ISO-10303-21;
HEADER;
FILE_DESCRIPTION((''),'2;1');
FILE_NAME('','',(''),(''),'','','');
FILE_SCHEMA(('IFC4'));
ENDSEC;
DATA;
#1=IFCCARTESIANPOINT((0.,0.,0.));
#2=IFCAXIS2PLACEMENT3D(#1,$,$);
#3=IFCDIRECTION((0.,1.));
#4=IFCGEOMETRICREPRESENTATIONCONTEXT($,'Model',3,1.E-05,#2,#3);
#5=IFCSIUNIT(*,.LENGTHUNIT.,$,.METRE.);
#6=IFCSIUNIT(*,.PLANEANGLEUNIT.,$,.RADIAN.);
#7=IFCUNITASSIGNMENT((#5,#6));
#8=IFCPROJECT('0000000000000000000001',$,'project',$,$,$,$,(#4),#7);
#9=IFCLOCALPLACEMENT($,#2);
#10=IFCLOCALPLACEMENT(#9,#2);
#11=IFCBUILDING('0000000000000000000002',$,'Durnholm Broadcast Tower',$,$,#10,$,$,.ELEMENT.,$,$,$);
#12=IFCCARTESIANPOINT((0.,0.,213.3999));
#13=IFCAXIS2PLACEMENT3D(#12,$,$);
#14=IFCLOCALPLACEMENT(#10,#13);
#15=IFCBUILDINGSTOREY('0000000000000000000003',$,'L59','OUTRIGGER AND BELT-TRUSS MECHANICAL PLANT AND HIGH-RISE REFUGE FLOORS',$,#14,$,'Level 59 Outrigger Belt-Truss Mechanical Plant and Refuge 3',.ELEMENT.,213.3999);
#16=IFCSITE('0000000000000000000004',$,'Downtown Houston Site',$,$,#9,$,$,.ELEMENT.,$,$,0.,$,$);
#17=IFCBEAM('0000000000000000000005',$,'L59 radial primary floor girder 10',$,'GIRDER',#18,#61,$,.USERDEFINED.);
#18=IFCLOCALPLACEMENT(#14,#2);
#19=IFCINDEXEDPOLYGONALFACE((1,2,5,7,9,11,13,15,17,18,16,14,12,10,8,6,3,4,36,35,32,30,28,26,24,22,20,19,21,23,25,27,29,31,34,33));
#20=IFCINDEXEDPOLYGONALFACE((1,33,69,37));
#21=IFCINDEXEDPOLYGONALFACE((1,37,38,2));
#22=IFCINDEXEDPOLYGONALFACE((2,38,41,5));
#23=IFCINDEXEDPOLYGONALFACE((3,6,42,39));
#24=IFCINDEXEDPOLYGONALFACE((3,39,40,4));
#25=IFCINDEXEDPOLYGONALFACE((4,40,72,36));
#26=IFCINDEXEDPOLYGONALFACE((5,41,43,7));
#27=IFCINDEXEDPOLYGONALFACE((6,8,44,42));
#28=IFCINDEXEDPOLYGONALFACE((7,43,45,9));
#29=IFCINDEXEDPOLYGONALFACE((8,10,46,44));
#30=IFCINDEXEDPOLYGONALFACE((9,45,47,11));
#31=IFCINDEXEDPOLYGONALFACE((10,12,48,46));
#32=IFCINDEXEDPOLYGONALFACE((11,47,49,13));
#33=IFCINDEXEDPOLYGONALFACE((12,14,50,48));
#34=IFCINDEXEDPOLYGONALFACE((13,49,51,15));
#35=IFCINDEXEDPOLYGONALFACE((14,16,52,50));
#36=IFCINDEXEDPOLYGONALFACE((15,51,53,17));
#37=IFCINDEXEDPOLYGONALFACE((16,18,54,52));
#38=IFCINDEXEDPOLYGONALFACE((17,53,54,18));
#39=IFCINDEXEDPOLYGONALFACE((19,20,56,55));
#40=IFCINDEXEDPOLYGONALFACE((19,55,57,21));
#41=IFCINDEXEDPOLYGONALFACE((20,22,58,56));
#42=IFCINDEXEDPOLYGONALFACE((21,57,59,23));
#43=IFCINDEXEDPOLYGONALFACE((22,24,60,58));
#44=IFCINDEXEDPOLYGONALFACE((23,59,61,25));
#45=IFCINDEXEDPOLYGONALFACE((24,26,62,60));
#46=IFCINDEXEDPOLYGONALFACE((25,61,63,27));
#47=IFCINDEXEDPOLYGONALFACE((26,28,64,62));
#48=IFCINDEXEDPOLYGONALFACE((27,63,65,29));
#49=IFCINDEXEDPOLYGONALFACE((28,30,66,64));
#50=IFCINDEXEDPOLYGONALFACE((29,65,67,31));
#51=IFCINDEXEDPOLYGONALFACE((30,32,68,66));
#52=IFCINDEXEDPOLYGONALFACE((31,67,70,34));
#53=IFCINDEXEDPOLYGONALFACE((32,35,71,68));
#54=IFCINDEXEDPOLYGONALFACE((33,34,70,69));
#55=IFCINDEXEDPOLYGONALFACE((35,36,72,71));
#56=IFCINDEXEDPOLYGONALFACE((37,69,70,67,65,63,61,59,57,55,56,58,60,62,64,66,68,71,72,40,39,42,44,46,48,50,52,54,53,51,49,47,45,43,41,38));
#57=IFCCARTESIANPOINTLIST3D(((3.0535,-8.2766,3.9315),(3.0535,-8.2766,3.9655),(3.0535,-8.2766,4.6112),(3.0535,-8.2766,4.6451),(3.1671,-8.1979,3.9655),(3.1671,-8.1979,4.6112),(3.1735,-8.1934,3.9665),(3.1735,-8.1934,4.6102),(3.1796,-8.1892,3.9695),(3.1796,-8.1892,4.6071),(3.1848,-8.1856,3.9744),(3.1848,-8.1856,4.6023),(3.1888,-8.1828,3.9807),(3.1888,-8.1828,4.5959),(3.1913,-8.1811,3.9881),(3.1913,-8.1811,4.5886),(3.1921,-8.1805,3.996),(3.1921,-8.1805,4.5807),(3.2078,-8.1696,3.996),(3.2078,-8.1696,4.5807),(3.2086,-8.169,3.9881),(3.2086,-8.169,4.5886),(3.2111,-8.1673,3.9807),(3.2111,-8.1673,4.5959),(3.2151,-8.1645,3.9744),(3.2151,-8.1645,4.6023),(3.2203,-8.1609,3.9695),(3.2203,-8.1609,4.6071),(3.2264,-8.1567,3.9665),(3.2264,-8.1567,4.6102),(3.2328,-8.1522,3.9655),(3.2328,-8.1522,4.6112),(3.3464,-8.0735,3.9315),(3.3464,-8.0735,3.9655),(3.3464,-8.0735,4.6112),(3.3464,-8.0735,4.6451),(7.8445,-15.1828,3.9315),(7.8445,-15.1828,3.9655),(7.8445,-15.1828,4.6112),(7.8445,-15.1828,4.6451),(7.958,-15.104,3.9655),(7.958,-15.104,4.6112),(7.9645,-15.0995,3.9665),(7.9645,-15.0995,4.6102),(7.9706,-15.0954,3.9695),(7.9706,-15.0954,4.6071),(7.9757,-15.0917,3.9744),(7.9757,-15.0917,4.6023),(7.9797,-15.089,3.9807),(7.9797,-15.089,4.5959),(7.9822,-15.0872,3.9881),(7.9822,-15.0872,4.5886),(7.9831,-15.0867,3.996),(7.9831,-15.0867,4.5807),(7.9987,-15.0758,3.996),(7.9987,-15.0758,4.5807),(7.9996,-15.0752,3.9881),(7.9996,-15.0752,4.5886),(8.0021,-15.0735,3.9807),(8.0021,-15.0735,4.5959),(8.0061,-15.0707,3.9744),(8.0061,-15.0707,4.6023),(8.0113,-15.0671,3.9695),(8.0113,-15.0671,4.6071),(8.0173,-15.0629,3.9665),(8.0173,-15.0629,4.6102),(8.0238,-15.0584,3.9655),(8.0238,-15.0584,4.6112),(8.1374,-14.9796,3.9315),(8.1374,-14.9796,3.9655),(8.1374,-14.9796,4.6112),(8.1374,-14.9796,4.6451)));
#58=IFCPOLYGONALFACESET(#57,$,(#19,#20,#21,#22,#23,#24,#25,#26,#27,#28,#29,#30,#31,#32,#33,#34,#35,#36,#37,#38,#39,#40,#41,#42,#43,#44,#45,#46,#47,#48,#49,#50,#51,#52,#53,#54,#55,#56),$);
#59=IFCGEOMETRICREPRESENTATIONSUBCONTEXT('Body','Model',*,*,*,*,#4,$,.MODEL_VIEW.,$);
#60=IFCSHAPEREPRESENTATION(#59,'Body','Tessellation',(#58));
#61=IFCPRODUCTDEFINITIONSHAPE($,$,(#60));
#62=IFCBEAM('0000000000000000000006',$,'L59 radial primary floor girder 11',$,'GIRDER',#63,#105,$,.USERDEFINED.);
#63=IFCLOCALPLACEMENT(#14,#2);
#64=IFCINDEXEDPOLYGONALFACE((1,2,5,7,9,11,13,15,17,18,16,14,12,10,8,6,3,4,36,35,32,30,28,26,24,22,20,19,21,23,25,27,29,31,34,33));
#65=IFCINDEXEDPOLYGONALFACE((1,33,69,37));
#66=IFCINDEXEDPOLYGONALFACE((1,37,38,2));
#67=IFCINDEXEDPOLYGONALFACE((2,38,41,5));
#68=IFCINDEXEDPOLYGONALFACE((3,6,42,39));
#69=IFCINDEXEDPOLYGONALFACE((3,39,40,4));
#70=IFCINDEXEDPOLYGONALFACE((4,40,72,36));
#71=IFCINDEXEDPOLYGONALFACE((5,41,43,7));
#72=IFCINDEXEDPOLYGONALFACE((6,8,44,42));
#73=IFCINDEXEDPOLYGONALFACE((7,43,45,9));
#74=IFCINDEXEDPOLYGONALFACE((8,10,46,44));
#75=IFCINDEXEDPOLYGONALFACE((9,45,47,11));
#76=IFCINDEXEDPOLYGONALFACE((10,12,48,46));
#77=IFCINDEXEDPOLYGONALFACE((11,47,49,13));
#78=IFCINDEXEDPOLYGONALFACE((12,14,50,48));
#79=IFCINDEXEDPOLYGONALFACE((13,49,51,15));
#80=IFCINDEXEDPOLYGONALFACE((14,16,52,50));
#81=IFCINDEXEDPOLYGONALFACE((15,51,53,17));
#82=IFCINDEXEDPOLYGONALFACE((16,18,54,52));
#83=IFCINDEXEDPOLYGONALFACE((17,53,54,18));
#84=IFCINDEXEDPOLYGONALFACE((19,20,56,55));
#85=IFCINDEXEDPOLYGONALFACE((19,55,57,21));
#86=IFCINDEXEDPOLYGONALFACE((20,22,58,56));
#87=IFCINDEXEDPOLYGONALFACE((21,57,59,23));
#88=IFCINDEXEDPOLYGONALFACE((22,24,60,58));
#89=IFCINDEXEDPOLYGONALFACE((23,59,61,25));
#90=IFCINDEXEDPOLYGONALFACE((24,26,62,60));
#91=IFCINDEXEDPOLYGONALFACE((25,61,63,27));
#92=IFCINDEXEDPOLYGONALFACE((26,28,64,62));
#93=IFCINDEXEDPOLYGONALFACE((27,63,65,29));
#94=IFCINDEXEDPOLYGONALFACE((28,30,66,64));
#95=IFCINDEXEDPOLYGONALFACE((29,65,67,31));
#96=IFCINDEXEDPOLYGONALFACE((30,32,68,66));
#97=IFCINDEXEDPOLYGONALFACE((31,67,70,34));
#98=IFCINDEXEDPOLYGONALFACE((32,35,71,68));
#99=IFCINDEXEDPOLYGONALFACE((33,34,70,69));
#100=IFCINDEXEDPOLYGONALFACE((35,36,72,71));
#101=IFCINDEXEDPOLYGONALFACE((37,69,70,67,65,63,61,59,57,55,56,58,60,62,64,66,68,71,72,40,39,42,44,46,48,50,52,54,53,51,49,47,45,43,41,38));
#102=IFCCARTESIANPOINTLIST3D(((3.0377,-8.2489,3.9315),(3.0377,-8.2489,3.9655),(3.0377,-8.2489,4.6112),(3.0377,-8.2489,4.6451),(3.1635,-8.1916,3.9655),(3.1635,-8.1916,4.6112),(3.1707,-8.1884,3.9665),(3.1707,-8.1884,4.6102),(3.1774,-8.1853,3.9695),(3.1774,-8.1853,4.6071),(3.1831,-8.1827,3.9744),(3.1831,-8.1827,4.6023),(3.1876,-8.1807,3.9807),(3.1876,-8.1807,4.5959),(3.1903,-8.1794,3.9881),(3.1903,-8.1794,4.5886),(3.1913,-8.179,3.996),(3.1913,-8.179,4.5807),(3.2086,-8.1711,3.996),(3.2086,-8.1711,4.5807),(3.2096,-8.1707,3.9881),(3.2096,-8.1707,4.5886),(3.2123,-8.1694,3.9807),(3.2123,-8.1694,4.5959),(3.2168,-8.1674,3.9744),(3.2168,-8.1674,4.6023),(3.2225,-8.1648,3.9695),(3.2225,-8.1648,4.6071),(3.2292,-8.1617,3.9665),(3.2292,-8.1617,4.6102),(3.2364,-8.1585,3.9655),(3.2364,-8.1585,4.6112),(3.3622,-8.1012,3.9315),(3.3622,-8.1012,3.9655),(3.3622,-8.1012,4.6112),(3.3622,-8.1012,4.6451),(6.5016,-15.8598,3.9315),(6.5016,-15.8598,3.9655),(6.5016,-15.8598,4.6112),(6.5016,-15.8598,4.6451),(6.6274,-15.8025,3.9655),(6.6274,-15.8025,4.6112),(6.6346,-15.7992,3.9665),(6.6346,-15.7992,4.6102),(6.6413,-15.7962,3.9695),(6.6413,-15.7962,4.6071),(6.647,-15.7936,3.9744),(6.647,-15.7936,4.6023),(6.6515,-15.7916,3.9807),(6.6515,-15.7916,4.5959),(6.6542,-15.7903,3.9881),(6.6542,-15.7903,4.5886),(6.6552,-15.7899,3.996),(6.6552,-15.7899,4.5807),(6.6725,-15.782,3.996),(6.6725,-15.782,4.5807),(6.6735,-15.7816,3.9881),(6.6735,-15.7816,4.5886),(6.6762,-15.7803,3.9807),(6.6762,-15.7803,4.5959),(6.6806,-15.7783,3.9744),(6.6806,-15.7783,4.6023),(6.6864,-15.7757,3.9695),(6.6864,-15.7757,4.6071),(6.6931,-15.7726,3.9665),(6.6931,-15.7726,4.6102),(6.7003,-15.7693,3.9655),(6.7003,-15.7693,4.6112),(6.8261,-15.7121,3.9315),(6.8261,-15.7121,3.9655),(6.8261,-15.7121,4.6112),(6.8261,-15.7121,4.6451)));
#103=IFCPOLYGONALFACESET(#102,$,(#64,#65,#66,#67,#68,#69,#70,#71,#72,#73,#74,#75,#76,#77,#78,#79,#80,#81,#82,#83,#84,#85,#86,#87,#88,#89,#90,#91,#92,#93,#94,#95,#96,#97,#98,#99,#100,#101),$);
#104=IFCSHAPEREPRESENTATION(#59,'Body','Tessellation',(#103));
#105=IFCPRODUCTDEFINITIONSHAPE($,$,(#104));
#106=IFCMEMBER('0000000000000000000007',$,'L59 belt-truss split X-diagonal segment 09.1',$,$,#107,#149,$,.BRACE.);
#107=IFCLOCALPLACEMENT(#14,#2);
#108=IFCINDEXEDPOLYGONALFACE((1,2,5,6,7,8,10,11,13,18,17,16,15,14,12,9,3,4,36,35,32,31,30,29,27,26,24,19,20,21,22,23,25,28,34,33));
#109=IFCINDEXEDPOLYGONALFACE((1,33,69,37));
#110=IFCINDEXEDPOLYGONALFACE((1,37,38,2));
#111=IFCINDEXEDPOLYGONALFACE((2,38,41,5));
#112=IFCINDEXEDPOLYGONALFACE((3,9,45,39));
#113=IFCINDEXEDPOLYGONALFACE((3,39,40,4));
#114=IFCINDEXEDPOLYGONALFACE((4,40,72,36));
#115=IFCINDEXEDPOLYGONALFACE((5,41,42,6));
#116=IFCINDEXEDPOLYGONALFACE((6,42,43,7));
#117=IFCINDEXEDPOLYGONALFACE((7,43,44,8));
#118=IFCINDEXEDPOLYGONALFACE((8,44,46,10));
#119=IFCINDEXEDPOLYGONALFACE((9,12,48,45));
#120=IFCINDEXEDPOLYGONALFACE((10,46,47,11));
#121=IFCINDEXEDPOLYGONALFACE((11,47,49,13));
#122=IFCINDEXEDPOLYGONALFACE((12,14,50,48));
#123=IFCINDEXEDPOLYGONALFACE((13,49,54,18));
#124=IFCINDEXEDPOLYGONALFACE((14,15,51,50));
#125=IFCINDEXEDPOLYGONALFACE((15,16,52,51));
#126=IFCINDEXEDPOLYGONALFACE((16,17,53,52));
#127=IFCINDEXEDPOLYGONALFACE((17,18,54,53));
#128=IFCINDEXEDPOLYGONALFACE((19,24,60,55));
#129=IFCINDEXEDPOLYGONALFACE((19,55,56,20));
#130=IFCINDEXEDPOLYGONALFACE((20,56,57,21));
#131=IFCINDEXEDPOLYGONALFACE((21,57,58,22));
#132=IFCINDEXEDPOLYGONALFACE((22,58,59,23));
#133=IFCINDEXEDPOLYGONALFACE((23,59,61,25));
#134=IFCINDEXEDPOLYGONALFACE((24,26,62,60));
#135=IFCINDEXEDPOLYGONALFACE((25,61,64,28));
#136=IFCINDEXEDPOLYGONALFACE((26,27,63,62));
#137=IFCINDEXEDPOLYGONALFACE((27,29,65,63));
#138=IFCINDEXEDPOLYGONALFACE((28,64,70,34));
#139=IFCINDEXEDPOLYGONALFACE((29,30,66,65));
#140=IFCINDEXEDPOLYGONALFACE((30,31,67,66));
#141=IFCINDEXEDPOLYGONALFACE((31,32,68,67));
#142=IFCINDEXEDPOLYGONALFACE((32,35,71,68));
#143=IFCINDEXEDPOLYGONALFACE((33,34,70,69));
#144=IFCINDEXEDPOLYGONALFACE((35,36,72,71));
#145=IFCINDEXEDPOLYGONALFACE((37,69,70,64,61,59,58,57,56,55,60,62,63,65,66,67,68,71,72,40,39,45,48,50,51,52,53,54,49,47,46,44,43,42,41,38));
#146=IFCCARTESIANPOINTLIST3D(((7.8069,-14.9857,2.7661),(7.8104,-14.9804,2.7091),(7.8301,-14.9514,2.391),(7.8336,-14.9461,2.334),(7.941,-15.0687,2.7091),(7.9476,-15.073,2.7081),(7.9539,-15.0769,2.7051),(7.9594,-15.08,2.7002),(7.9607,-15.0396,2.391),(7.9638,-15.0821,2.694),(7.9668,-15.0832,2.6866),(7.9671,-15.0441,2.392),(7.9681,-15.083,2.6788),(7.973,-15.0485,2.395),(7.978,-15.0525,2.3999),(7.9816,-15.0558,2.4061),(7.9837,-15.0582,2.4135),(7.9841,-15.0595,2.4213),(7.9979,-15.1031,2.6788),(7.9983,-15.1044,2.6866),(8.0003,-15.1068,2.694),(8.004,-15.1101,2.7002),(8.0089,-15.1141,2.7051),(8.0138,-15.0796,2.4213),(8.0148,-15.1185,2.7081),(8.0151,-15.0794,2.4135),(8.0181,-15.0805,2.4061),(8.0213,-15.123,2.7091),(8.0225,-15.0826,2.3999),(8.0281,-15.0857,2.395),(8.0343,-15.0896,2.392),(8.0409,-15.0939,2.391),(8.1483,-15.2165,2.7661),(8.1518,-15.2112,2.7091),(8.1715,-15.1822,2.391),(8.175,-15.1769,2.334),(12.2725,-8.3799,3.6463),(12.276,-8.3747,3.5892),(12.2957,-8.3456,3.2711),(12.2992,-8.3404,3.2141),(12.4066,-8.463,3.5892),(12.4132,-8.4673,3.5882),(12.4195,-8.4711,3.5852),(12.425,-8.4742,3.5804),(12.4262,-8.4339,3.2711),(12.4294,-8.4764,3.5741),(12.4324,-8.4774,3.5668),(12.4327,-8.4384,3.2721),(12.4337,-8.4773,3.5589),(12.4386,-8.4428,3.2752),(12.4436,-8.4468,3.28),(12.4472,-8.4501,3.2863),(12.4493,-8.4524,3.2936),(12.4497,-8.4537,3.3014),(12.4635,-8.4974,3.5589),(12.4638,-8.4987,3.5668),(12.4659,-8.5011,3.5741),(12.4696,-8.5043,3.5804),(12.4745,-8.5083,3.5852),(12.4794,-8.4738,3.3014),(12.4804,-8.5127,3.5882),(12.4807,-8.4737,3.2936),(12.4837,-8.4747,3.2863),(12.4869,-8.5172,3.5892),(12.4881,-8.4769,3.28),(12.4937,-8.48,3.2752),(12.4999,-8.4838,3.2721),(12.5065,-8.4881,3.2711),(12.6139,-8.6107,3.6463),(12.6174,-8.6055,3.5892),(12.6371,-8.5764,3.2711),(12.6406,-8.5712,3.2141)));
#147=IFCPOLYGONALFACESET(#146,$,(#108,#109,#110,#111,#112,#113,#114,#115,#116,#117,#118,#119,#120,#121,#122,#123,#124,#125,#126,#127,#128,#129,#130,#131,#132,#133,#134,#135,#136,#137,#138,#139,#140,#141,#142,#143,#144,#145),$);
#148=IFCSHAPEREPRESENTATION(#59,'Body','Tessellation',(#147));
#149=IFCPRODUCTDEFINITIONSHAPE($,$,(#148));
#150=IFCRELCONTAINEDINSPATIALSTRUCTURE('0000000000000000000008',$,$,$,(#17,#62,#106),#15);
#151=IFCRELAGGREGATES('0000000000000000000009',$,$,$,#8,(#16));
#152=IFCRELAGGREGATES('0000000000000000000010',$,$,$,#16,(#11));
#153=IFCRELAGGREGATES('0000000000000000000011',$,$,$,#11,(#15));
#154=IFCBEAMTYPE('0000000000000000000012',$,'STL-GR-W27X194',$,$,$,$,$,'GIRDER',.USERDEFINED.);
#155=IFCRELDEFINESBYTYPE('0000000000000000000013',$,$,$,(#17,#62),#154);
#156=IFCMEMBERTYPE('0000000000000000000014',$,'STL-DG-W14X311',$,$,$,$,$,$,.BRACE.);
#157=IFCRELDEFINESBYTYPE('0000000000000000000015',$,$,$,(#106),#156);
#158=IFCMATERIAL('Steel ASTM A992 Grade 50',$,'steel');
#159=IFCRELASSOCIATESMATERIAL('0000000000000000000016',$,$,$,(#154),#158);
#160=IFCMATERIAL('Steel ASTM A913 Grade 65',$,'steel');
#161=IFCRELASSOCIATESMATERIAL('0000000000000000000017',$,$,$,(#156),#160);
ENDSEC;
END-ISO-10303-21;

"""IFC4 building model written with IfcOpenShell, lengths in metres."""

from ifc_helpers import new_model, si_unit, direction, frame, origin, origin_2d, place, context, subcontext, project, spatial, i_section, extrude, source, transform, mapped, material, material_profile, profile_set, type_object, type_shapes, element, save


model = new_model("IFC4")

# Units and contexts
model_context = context("Model", 3, precision=1e-05, world=origin(), true_north=direction((0.0, 1.0)))
body_context = subcontext(model_context, "Body", "Model", "MODEL_VIEW")
ifc_project = project(units=[si_unit("LENGTHUNIT", "METRE"), si_unit("PLANEANGLEUNIT", "RADIAN")], contexts=[model_context])

# Site, building, storey
site_placement = place(None, origin())
site = spatial("IfcSite", under=ifc_project, at=site_placement, Name="Downtown Houston Site", CompositionType="ELEMENT", RefElevation=0.0)
building_placement = place(site_placement, origin())
building = spatial("IfcBuilding", under=site, at=building_placement, Name="Durnholm Broadcast Tower", CompositionType="ELEMENT")
storey_placement = place(building_placement, frame((0.0, 0.0, 213.3999)))
storey = spatial("IfcBuildingStorey", under=building, at=storey_placement, Name="L59", Description="OUTRIGGER AND BELT-TRUSS MECHANICAL PLANT AND HIGH-RISE REFUGE FLOORS", LongName="Level 59 Outrigger Belt-Truss Mechanical Plant and Refuge 3", CompositionType="ELEMENT", Elevation=213.3999)

# Beams
ifc_material_1 = material(Name="Steel ASTM A992 Grade 50", Category="steel")
ifc_material_profile_1 = material_profile(ifc_material_1, i_section(OverallWidth=0.3564, OverallDepth=0.7136, WebThickness=0.019, FlangeThickness=0.0339, FilletRadius=0.0305, at=origin_2d()), Name="W27X194")
ifc_profile_set_1 = profile_set([ifc_material_profile_1], Name="Steel ASTM A992 Grade 50")
beam_type = type_object("IfcBeamType", Name="STL-GR-W27X194", ElementType="GIRDER", PredefinedType="USERDEFINED", material=ifc_profile_set_1)
shared_shape_1 = source(origin(), body_context, "Body", "SweptSolid", [
    extrude(i_section(OverallWidth=0.3564, OverallDepth=0.7136, WebThickness=0.019, FlangeThickness=0.0339, FilletRadius=0.0305, at=origin_2d()), origin(), (0.0, 0.0, 1.0), 8.4053),
])
beam_1_placement = place(storey_placement, frame((3.2, -8.175, 4.2883), z_axis=(0.569995, -0.821648, 0.0), x_axis=(0.821648, 0.569995, 0.0)))
element("IfcBeam", 1, at=beam_1_placement, inside=storey, type_object=beam_type, Name="L59 radial primary floor girder 10", ObjectType="GIRDER", PredefinedType="USERDEFINED", context=body_context, shape_type="MappedRepresentation", body=[
    mapped(shared_shape_1, transform((0.0, 0.0, 0.0), x_axis=(1.0, 0.0, 0.0), y_axis=(0.0, 1.0, 0.0), z_axis=(0.0, 0.0, 1.0), scale=1.0)),
])
shared_shape_2 = source(origin(), body_context, "Body", "SweptSolid", [
    extrude(i_section(OverallWidth=0.3564, OverallDepth=0.7136, WebThickness=0.019, FlangeThickness=0.0339, FilletRadius=0.0305, at=origin_2d()), origin(), (0.0, 0.0, 1.0), 8.3621),
])
type_shapes(beam_type, [shared_shape_1, shared_shape_2])
beam_2_placement = place(storey_placement, frame((3.2, -8.175, 4.2883), z_axis=(0.414238, -0.910168, 0.0), x_axis=(0.910168, 0.414238, 0.0)))
element("IfcBeam", 2, at=beam_2_placement, inside=storey, type_object=beam_type, Name="L59 radial primary floor girder 11", ObjectType="GIRDER", PredefinedType="USERDEFINED", context=body_context, shape_type="MappedRepresentation", body=[
    mapped(shared_shape_2, transform((0.0, 0.0, 0.0), x_axis=(1.0, 0.0, 0.0), y_axis=(0.0, 1.0, 0.0), z_axis=(0.0, 0.0, 1.0), scale=1.0)),
])

# Member
ifc_material_2 = material(Name="Steel ASTM A913 Grade 65", Category="steel")
ifc_material_profile_2 = material_profile(ifc_material_2, i_section(OverallWidth=0.4121, OverallDepth=0.4348, WebThickness=0.0359, FlangeThickness=0.0574, FilletRadius=0.0305, at=origin_2d()), Name="W14X311")
ifc_profile_set_2 = profile_set([ifc_material_profile_2], Name="Steel ASTM A913 Grade 65")
member_type_1 = type_object("IfcMemberType", Name="STL-DG-W14X311", PredefinedType="BRACE", material=ifc_profile_set_2)
shared_shape_3 = source(origin(), body_context, "Body", "SweptSolid", [
    extrude(i_section(OverallWidth=0.4121, OverallDepth=0.4348, WebThickness=0.0359, FlangeThickness=0.0574, FilletRadius=0.0305, at=origin_2d()), origin(), (0.0, 0.0, 1.0), 8.022),
])
type_shapes(member_type_1, [shared_shape_3])
member_1_placement = place(storey_placement, frame((7.991, -15.0813, 2.55), z_axis=(0.556671, 0.823456, 0.109715), x_axis=(-0.828458, 0.560052, 0.0)))
element("IfcMember", 3, at=member_1_placement, inside=storey, type_object=member_type_1, Name="L59 belt-truss split X-diagonal segment 09.1", PredefinedType="BRACE", context=body_context, shape_type="MappedRepresentation", body=[
    mapped(shared_shape_3, transform((0.0, 0.0, 0.0), x_axis=(1.0, 0.0, 0.0), y_axis=(0.0, 1.0, 0.0), z_axis=(0.0, 0.0, 1.0), scale=1.0)),
])

save(model, "model.ifc")
